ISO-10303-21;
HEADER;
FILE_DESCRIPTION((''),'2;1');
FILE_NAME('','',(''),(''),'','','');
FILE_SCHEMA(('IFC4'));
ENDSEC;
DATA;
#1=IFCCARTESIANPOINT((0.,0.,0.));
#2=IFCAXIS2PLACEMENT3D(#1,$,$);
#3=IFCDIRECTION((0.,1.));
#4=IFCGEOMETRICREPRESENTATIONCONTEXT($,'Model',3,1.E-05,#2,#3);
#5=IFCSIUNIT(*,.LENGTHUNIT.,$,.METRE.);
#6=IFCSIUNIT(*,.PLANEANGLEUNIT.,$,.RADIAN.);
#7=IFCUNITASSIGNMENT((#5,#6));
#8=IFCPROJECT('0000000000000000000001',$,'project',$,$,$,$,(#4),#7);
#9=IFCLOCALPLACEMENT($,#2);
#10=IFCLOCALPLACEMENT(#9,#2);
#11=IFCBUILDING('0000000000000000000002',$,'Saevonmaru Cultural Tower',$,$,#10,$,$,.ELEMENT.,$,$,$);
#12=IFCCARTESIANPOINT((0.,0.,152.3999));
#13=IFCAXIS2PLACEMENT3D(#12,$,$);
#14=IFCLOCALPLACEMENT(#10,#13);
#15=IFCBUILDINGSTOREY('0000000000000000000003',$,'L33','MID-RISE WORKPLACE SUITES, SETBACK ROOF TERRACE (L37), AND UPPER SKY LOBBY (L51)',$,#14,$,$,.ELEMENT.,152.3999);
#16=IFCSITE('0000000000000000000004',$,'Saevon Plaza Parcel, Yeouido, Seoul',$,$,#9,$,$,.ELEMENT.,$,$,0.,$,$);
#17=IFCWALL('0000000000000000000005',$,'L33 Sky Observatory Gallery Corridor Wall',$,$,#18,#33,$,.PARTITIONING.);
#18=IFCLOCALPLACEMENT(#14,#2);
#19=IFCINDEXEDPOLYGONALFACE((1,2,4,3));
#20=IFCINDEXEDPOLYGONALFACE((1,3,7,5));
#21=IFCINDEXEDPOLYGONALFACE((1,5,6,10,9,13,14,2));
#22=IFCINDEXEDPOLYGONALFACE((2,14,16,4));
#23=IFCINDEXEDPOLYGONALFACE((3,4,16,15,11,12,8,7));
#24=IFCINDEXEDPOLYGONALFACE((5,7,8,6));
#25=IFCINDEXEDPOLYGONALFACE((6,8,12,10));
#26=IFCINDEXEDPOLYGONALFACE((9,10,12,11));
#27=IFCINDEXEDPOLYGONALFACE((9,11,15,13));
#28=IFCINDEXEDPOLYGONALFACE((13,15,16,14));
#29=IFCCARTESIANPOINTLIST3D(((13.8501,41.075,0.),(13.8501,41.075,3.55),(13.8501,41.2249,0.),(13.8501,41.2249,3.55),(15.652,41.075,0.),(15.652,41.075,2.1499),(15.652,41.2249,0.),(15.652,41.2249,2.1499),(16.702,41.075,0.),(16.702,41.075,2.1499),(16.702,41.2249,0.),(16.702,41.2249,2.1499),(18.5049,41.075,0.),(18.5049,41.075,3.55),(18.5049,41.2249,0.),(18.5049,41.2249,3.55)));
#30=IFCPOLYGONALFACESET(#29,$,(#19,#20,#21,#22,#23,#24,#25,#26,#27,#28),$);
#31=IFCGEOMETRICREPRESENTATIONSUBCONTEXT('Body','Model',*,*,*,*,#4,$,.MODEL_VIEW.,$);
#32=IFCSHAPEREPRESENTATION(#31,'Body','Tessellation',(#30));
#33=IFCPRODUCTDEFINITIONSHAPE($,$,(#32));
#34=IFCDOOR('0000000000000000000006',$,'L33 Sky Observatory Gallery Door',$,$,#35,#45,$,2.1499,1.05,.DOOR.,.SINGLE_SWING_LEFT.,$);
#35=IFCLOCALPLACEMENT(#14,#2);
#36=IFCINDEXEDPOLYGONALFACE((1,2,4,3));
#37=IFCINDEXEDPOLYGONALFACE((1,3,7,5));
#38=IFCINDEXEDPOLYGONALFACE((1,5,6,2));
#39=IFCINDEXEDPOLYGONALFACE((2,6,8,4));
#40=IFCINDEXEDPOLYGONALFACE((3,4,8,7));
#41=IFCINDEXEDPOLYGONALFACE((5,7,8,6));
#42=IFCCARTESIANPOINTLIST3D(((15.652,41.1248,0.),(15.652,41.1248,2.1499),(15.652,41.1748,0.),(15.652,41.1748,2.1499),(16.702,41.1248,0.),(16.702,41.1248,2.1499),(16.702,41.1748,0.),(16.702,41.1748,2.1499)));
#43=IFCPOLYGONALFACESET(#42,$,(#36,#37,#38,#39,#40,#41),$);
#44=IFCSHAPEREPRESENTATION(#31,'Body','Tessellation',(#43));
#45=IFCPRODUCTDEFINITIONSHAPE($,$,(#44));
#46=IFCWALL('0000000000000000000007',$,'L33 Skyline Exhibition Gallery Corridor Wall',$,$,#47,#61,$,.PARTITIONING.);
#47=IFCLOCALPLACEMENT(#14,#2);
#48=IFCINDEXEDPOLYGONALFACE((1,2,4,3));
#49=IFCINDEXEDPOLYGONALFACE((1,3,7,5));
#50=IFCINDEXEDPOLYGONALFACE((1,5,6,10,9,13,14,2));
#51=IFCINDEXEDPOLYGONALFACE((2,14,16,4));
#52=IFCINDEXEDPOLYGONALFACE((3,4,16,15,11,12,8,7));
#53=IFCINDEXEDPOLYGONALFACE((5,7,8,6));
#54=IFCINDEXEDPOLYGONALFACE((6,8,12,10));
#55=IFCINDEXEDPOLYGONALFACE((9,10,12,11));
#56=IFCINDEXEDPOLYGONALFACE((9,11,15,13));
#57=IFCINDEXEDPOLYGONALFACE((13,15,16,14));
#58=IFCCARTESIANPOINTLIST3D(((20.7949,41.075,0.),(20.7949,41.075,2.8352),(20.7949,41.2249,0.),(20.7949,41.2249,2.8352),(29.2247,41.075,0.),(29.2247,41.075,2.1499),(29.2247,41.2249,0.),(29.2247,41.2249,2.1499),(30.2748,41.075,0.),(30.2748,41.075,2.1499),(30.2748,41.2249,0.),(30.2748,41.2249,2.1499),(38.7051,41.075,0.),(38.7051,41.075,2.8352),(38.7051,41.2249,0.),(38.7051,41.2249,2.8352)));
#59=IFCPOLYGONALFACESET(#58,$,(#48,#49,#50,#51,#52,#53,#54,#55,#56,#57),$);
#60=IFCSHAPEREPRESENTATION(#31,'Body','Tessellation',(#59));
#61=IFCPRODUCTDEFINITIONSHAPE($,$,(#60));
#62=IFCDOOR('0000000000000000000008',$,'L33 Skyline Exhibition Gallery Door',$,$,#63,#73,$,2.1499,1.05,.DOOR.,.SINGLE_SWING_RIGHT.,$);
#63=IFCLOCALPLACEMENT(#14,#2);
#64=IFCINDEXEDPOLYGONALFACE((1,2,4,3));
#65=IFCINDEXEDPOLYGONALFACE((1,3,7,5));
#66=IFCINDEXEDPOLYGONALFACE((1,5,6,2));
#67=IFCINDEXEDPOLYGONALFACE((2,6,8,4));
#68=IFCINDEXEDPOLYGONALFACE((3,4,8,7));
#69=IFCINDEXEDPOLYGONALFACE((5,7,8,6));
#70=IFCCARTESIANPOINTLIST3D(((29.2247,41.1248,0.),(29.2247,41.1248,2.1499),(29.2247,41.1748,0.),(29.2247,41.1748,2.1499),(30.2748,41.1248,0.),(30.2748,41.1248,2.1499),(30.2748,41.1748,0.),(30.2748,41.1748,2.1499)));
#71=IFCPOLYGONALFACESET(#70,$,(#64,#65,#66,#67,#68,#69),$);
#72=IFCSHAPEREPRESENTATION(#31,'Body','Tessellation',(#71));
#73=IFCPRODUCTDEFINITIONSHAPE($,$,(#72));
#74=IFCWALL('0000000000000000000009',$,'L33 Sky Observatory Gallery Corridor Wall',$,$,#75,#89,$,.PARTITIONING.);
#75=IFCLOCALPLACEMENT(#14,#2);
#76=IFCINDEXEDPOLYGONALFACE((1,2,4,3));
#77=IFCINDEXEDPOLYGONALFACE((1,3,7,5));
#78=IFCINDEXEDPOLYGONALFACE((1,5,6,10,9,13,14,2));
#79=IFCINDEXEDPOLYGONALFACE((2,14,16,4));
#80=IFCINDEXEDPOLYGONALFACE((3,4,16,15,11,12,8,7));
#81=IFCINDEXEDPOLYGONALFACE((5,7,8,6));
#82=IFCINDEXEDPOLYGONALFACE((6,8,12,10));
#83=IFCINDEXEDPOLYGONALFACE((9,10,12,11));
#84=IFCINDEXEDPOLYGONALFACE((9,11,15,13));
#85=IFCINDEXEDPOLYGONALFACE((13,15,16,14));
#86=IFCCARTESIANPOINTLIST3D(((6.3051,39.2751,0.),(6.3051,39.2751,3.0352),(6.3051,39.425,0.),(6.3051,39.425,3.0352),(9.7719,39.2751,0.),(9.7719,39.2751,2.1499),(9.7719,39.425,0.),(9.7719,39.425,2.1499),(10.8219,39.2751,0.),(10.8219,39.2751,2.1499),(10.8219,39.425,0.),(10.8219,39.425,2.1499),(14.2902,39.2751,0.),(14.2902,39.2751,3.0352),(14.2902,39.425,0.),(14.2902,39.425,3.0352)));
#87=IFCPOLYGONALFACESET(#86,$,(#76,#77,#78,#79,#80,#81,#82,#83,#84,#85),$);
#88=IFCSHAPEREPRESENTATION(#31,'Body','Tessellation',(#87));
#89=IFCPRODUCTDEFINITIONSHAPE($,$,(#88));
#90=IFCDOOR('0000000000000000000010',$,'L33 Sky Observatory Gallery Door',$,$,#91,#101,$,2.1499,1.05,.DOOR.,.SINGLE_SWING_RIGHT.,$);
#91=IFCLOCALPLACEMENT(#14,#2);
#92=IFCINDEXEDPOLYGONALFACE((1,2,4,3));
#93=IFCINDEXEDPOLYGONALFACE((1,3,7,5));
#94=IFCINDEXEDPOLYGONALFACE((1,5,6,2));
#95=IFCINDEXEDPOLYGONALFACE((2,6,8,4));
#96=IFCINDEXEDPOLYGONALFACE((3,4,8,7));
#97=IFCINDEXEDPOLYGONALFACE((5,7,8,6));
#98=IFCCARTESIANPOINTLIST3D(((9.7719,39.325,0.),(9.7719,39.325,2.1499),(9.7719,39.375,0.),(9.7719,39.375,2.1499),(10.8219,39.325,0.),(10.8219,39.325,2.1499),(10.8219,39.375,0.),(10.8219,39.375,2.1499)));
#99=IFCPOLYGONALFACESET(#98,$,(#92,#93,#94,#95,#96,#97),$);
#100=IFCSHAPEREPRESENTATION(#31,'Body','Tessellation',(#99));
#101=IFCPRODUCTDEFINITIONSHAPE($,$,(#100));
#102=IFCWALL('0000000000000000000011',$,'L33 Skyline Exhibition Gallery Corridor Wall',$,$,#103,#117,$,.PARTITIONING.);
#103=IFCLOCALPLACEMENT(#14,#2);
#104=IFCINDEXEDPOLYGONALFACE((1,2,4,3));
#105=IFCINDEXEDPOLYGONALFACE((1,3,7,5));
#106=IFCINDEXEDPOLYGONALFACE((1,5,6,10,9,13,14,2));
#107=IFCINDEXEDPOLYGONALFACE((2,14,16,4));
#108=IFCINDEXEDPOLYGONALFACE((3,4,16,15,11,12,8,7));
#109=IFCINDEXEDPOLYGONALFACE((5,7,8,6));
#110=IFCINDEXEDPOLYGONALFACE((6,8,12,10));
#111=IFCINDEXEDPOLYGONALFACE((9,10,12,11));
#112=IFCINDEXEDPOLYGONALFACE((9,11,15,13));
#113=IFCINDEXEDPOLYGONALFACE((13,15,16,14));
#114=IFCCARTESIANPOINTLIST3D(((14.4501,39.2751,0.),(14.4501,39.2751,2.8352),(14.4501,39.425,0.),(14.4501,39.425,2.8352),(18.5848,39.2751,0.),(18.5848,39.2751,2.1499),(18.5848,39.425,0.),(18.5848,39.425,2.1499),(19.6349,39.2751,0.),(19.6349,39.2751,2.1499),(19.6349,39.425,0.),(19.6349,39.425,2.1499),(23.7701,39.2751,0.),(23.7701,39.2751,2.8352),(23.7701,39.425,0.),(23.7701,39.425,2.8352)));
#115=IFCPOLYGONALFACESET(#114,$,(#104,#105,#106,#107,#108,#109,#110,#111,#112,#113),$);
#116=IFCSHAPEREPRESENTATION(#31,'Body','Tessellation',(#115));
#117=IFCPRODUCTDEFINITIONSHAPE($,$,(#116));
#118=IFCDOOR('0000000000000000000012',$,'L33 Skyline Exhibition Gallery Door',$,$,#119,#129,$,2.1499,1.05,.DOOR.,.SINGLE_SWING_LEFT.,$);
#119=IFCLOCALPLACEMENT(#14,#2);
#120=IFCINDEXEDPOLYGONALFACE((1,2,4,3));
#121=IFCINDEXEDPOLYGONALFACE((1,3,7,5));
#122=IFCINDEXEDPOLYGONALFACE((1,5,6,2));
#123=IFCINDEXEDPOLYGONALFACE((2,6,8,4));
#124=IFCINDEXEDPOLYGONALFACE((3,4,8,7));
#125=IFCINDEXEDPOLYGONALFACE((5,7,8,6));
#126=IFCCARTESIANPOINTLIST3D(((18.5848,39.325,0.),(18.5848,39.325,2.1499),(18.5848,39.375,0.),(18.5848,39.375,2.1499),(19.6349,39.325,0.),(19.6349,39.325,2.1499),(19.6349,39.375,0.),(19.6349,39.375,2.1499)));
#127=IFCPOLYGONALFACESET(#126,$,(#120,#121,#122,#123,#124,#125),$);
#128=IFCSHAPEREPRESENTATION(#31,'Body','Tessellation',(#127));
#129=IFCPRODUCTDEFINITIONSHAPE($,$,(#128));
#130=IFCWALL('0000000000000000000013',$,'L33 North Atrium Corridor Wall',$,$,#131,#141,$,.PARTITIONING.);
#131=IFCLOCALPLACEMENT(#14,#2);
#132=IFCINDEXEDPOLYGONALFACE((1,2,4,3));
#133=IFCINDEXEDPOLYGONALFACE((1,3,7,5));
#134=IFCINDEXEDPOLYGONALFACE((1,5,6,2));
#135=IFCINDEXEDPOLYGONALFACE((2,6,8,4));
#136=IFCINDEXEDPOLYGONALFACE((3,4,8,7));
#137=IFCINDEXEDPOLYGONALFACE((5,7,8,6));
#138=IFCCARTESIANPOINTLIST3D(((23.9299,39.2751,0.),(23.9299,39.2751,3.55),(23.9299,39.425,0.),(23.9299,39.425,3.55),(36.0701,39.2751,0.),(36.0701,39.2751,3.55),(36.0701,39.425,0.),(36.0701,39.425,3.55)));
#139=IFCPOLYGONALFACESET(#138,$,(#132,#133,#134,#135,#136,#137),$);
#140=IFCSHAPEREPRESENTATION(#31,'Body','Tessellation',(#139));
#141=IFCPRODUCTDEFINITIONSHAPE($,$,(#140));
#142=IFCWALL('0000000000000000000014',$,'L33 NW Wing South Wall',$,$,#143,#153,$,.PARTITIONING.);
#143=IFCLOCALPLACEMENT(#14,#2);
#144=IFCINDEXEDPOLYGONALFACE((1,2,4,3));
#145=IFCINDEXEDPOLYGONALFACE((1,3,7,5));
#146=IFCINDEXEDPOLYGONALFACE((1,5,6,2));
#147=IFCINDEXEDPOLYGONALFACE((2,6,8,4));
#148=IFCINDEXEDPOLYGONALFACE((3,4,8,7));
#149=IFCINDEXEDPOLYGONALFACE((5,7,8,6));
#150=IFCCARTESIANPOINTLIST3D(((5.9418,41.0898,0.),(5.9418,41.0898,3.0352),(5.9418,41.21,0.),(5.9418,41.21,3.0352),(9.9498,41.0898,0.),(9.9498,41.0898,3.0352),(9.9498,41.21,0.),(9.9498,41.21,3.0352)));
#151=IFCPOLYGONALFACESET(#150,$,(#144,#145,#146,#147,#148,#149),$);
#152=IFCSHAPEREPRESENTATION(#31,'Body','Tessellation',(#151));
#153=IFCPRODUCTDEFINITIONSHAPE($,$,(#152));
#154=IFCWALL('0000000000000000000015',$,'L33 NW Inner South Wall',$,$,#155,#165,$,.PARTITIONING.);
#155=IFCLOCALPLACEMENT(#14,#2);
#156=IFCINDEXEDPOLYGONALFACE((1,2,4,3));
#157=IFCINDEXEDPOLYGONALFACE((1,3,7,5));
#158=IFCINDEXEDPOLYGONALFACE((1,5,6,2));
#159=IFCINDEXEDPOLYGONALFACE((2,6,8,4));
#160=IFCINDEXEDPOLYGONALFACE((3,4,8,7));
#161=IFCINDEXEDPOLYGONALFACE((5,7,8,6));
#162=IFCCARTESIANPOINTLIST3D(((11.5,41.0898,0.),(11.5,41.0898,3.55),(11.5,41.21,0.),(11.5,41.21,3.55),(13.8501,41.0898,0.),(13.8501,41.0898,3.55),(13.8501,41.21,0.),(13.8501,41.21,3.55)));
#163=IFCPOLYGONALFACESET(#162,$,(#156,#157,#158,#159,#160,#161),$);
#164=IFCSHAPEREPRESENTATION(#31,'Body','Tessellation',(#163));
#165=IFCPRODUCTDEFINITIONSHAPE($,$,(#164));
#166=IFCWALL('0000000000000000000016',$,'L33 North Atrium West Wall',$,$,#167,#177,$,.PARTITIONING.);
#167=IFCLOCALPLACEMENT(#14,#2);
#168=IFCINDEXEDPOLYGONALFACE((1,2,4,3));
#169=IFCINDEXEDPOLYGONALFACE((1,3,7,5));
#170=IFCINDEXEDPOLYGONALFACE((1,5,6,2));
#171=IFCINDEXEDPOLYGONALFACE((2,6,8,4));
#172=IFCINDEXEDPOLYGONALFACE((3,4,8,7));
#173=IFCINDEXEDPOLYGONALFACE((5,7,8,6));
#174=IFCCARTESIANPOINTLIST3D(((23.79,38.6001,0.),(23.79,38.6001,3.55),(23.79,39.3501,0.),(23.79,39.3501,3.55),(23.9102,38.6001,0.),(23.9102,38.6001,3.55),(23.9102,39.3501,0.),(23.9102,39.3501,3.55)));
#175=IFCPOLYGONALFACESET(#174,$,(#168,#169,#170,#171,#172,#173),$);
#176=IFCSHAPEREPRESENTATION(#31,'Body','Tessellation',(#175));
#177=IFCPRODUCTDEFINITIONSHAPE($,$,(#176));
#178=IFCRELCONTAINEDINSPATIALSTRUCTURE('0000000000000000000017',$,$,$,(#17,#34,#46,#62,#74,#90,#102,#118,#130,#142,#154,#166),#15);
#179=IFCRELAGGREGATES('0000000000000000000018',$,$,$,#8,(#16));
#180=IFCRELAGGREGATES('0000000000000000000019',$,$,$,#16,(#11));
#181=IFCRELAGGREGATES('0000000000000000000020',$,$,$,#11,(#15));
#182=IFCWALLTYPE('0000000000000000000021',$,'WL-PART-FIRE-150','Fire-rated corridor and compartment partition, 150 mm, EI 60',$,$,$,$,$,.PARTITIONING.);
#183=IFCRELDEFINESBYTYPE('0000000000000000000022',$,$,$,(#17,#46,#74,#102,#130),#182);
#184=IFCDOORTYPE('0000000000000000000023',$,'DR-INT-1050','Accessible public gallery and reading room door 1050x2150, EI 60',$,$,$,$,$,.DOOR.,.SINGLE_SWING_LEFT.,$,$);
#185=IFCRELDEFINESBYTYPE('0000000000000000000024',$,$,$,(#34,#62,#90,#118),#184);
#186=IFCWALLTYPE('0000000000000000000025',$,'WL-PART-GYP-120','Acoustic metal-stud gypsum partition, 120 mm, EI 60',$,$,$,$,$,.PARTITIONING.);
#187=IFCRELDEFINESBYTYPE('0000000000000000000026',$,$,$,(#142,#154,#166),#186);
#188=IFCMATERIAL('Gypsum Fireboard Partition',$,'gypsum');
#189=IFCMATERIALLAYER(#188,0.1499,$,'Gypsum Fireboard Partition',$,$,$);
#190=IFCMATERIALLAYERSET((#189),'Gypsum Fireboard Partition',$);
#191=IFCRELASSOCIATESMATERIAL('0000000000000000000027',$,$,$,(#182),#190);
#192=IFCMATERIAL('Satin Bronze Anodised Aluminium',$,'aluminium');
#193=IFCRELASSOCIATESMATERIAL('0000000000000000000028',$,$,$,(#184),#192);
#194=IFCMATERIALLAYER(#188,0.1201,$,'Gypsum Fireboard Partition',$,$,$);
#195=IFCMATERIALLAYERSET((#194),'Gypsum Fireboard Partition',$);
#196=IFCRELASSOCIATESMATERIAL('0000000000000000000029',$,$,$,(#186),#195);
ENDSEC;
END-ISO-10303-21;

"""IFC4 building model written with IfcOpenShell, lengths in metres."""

from ifc_helpers import new_model, si_unit, direction, frame, frame_2d, origin, place, context, subcontext, project, spatial, rectangle, extrude, material, layer, layer_set, type_object, element, fill, save


model = new_model("IFC4")

# Units and contexts
model_context = context("Model", 3, precision=1e-05, world=origin(), true_north=direction((0.0, 1.0)))
body_context = subcontext(model_context, "Body", "Model", "MODEL_VIEW")
ifc_project = project(units=[si_unit("LENGTHUNIT", "METRE"), si_unit("PLANEANGLEUNIT", "RADIAN")], contexts=[model_context])

# Site, building, storey
site_placement = place(None, origin())
site = spatial("IfcSite", under=ifc_project, at=site_placement, Name="Saevon Plaza Parcel, Yeouido, Seoul", CompositionType="ELEMENT", RefElevation=0.0)
building_placement = place(site_placement, origin())
building = spatial("IfcBuilding", under=site, at=building_placement, Name="Saevonmaru Cultural Tower", CompositionType="ELEMENT")
storey_placement = place(building_placement, frame((0.0, 0.0, 152.3999)))
storey = spatial("IfcBuildingStorey", under=building, at=storey_placement, Name="L33", Description="MID-RISE WORKPLACE SUITES, SETBACK ROOF TERRACE (L37), AND UPPER SKY LOBBY (L51)", CompositionType="ELEMENT", Elevation=152.3999)

# Shared definitions
ifc_material_1 = material(Name="Satin Bronze Anodised Aluminium", Category="aluminium")

# Shared definitions
ifc_material_2 = material(Name="Gypsum Fireboard Partition", Category="gypsum")
ifc_layer_1 = layer(ifc_material_2, 0.1499, Name="Gypsum Fireboard Partition")
ifc_layer_set_1 = layer_set([ifc_layer_1], Name="Gypsum Fireboard Partition")
wall_type_1 = type_object("IfcWallType", Name="WL-PART-FIRE-150", Description="Fire-rated corridor and compartment partition, 150 mm, EI 60", PredefinedType="PARTITIONING", material=ifc_layer_set_1)

# Walls, openings, doors
wall_1_placement = place(storey_placement, frame((13.8501, 41.1499, 0.0), z_axis=(0.0, 0.0, 1.0), x_axis=(1.0, 0.0, 0.0)))
wall_1 = element("IfcWall", 1, at=wall_1_placement, inside=storey, type_object=wall_type_1, Name="L33 Sky Observatory Gallery Corridor Wall", PredefinedType="PARTITIONING", context=body_context, shape_type="SweptSolid", body=[
    extrude(rectangle(XDim=4.6548, YDim=0.1499, at=frame_2d((2.3274, 0.0))), origin(), (0.0, 0.0, 1.0), 3.55),
])
opening_1_placement = place(wall_1_placement, frame((1.802, 0.0, 0.0)))
opening_1 = element("IfcOpeningElement", 2, at=opening_1_placement, cuts=wall_1, PredefinedType="OPENING", context=body_context, shape_type="SweptSolid", body=[
    extrude(rectangle(XDim=1.05, YDim=2.1499, at=frame_2d((0.5249, 1.075))), frame((0.0, 0.085, 0.0), z_axis=(0.0, -1.0, 0.0), x_axis=(1.0, 0.0, 0.0)), (0.0, 0.0, 1.0), 0.1699),
])
door_type = type_object("IfcDoorType", Name="DR-INT-1050", Description="Accessible public gallery and reading room door 1050x2150, EI 60", OperationType="SINGLE_SWING_LEFT", PredefinedType="DOOR", material=ifc_material_1)
door_1_placement = place(opening_1_placement, origin())
door_1 = element("IfcDoor", 3, at=door_1_placement, inside=storey, type_object=door_type, Name="L33 Sky Observatory Gallery Door", OperationType="SINGLE_SWING_LEFT", OverallHeight=2.1499, OverallWidth=1.05, PredefinedType="DOOR", context=body_context, shape_type="SweptSolid", body=[
    extrude(rectangle(XDim=1.05, YDim=2.1499, at=frame_2d((0.5249, 1.075))), frame((0.0, 0.0249, 0.0), z_axis=(0.0, -1.0, 0.0), x_axis=(1.0, 0.0, 0.0)), (0.0, 0.0, 1.0), 0.05),
])
fill(opening_1, door_1)
wall_2_placement = place(storey_placement, frame((20.7949, 41.1499, 0.0), z_axis=(0.0, 0.0, 1.0), x_axis=(1.0, 0.0, 0.0)))
wall_2 = element("IfcWall", 4, at=wall_2_placement, inside=storey, type_object=wall_type_1, Name="L33 Skyline Exhibition Gallery Corridor Wall", PredefinedType="PARTITIONING", context=body_context, shape_type="SweptSolid", body=[
    extrude(rectangle(XDim=17.9102, YDim=0.1499, at=frame_2d((8.9551, 0.0))), origin(), (0.0, 0.0, 1.0), 2.8352),
])
opening_2_placement = place(wall_2_placement, frame((8.4299, 0.0, 0.0)))
opening_2 = element("IfcOpeningElement", 5, at=opening_2_placement, cuts=wall_2, PredefinedType="OPENING", context=body_context, shape_type="SweptSolid", body=[
    extrude(rectangle(XDim=1.05, YDim=2.1499, at=frame_2d((0.5249, 1.075))), frame((0.0, 0.085, 0.0), z_axis=(0.0, -1.0, 0.0), x_axis=(1.0, 0.0, 0.0)), (0.0, 0.0, 1.0), 0.1699),
])
door_2_placement = place(opening_2_placement, origin())
door_2 = element("IfcDoor", 6, at=door_2_placement, inside=storey, type_object=door_type, Name="L33 Skyline Exhibition Gallery Door", OperationType="SINGLE_SWING_RIGHT", OverallHeight=2.1499, OverallWidth=1.05, PredefinedType="DOOR", context=body_context, shape_type="SweptSolid", body=[
    extrude(rectangle(XDim=1.05, YDim=2.1499, at=frame_2d((0.5249, 1.075))), frame((0.0, 0.0249, 0.0), z_axis=(0.0, -1.0, 0.0), x_axis=(1.0, 0.0, 0.0)), (0.0, 0.0, 1.0), 0.05),
])
fill(opening_2, door_2)
wall_3_placement = place(storey_placement, frame((6.3049, 39.3501, 0.0), z_axis=(0.0, 0.0, 1.0), x_axis=(1.0, 0.0, 0.0)))
wall_3 = element("IfcWall", 7, at=wall_3_placement, inside=storey, type_object=wall_type_1, Name="L33 Sky Observatory Gallery Corridor Wall", PredefinedType="PARTITIONING", context=body_context, shape_type="SweptSolid", body=[
    extrude(rectangle(XDim=7.9851, YDim=0.1499, at=frame_2d((3.9927, 0.0))), origin(), (0.0, 0.0, 1.0), 3.0352),
])
opening_3_placement = place(wall_3_placement, frame((3.467, 0.0, 0.0)))
opening_3 = element("IfcOpeningElement", 8, at=opening_3_placement, cuts=wall_3, PredefinedType="OPENING", context=body_context, shape_type="SweptSolid", body=[
    extrude(rectangle(XDim=1.05, YDim=2.1499, at=frame_2d((0.5249, 1.075))), frame((0.0, 0.085, 0.0), z_axis=(0.0, -1.0, 0.0), x_axis=(1.0, 0.0, 0.0)), (0.0, 0.0, 1.0), 0.1699),
])
door_3_placement = place(opening_3_placement, origin())
door_3 = element("IfcDoor", 9, at=door_3_placement, inside=storey, type_object=door_type, Name="L33 Sky Observatory Gallery Door", OperationType="SINGLE_SWING_RIGHT", OverallHeight=2.1499, OverallWidth=1.05, PredefinedType="DOOR", context=body_context, shape_type="SweptSolid", body=[
    extrude(rectangle(XDim=1.05, YDim=2.1499, at=frame_2d((0.5249, 1.075))), frame((0.0, 0.0249, 0.0), z_axis=(0.0, -1.0, 0.0), x_axis=(1.0, 0.0, 0.0)), (0.0, 0.0, 1.0), 0.05),
])
fill(opening_3, door_3)
wall_4_placement = place(storey_placement, frame((14.45, 39.3501, 0.0), z_axis=(0.0, 0.0, 1.0), x_axis=(1.0, 0.0, 0.0)))
wall_4 = element("IfcWall", 10, at=wall_4_placement, inside=storey, type_object=wall_type_1, Name="L33 Skyline Exhibition Gallery Corridor Wall", PredefinedType="PARTITIONING", context=body_context, shape_type="SweptSolid", body=[
    extrude(rectangle(XDim=9.3201, YDim=0.1499, at=frame_2d((4.6602, 0.0))), origin(), (0.0, 0.0, 1.0), 2.8352),
])
opening_4_placement = place(wall_4_placement, frame((4.135, 0.0, 0.0)))
opening_4 = element("IfcOpeningElement", 11, at=opening_4_placement, cuts=wall_4, PredefinedType="OPENING", context=body_context, shape_type="SweptSolid", body=[
    extrude(rectangle(XDim=1.05, YDim=2.1499, at=frame_2d((0.5249, 1.075))), frame((0.0, 0.085, 0.0), z_axis=(0.0, -1.0, 0.0), x_axis=(1.0, 0.0, 0.0)), (0.0, 0.0, 1.0), 0.1699),
])
door_4_placement = place(opening_4_placement, origin())
door_4 = element("IfcDoor", 12, at=door_4_placement, inside=storey, type_object=door_type, Name="L33 Skyline Exhibition Gallery Door", OperationType="SINGLE_SWING_LEFT", OverallHeight=2.1499, OverallWidth=1.05, PredefinedType="DOOR", context=body_context, shape_type="SweptSolid", body=[
    extrude(rectangle(XDim=1.05, YDim=2.1499, at=frame_2d((0.5249, 1.075))), frame((0.0, 0.0249, 0.0), z_axis=(0.0, -1.0, 0.0), x_axis=(1.0, 0.0, 0.0)), (0.0, 0.0, 1.0), 0.05),
])
fill(opening_4, door_4)

# Walls
wall_5_placement = place(storey_placement, frame((23.9299, 39.3501, 0.0), z_axis=(0.0, 0.0, 1.0), x_axis=(1.0, 0.0, 0.0)))
element("IfcWall", 13, at=wall_5_placement, inside=storey, type_object=wall_type_1, Name="L33 North Atrium Corridor Wall", PredefinedType="PARTITIONING", context=body_context, shape_type="SweptSolid", body=[
    extrude(rectangle(XDim=12.1401, YDim=0.1499, at=frame_2d((6.0701, 0.0))), origin(), (0.0, 0.0, 1.0), 3.55),
])
ifc_layer_2 = layer(ifc_material_2, 0.1201, Name="Gypsum Fireboard Partition")
ifc_layer_set_2 = layer_set([ifc_layer_2], Name="Gypsum Fireboard Partition")
wall_type_2 = type_object("IfcWallType", Name="WL-PART-GYP-120", Description="Acoustic metal-stud gypsum partition, 120 mm, EI 60", PredefinedType="PARTITIONING", material=ifc_layer_set_2)
wall_6_placement = place(storey_placement, frame((5.9419, 41.1499, 0.0), z_axis=(0.0, 0.0, 1.0), x_axis=(1.0, 0.0, 0.0)))
element("IfcWall", 14, at=wall_6_placement, inside=storey, type_object=wall_type_2, Name="L33 NW Wing South Wall", PredefinedType="PARTITIONING", context=body_context, shape_type="SweptSolid", body=[
    extrude(rectangle(XDim=4.0081, YDim=0.1201, at=frame_2d((2.0039, 0.0))), origin(), (0.0, 0.0, 1.0), 3.0352),
])
wall_7_placement = place(storey_placement, frame((11.5, 41.1499, 0.0), z_axis=(0.0, 0.0, 1.0), x_axis=(1.0, 0.0, 0.0)))
element("IfcWall", 15, at=wall_7_placement, inside=storey, type_object=wall_type_2, Name="L33 NW Inner South Wall", PredefinedType="PARTITIONING", context=body_context, shape_type="SweptSolid", body=[
    extrude(rectangle(XDim=2.3501, YDim=0.1201, at=frame_2d((1.175, 0.0))), origin(), (0.0, 0.0, 1.0), 3.55),
])
wall_8_placement = place(storey_placement, frame((23.8501, 38.6001, 0.0), z_axis=(0.0, 0.0, 1.0), x_axis=(0.0, 1.0, 0.0)))
element("IfcWall", 16, at=wall_8_placement, inside=storey, type_object=wall_type_2, Name="L33 North Atrium West Wall", PredefinedType="PARTITIONING", context=body_context, shape_type="SweptSolid", body=[
    extrude(rectangle(XDim=0.75, YDim=0.1201, at=frame_2d((0.375, 0.0))), origin(), (0.0, 0.0, 1.0), 3.55),
])

save(model, "model.ifc")
